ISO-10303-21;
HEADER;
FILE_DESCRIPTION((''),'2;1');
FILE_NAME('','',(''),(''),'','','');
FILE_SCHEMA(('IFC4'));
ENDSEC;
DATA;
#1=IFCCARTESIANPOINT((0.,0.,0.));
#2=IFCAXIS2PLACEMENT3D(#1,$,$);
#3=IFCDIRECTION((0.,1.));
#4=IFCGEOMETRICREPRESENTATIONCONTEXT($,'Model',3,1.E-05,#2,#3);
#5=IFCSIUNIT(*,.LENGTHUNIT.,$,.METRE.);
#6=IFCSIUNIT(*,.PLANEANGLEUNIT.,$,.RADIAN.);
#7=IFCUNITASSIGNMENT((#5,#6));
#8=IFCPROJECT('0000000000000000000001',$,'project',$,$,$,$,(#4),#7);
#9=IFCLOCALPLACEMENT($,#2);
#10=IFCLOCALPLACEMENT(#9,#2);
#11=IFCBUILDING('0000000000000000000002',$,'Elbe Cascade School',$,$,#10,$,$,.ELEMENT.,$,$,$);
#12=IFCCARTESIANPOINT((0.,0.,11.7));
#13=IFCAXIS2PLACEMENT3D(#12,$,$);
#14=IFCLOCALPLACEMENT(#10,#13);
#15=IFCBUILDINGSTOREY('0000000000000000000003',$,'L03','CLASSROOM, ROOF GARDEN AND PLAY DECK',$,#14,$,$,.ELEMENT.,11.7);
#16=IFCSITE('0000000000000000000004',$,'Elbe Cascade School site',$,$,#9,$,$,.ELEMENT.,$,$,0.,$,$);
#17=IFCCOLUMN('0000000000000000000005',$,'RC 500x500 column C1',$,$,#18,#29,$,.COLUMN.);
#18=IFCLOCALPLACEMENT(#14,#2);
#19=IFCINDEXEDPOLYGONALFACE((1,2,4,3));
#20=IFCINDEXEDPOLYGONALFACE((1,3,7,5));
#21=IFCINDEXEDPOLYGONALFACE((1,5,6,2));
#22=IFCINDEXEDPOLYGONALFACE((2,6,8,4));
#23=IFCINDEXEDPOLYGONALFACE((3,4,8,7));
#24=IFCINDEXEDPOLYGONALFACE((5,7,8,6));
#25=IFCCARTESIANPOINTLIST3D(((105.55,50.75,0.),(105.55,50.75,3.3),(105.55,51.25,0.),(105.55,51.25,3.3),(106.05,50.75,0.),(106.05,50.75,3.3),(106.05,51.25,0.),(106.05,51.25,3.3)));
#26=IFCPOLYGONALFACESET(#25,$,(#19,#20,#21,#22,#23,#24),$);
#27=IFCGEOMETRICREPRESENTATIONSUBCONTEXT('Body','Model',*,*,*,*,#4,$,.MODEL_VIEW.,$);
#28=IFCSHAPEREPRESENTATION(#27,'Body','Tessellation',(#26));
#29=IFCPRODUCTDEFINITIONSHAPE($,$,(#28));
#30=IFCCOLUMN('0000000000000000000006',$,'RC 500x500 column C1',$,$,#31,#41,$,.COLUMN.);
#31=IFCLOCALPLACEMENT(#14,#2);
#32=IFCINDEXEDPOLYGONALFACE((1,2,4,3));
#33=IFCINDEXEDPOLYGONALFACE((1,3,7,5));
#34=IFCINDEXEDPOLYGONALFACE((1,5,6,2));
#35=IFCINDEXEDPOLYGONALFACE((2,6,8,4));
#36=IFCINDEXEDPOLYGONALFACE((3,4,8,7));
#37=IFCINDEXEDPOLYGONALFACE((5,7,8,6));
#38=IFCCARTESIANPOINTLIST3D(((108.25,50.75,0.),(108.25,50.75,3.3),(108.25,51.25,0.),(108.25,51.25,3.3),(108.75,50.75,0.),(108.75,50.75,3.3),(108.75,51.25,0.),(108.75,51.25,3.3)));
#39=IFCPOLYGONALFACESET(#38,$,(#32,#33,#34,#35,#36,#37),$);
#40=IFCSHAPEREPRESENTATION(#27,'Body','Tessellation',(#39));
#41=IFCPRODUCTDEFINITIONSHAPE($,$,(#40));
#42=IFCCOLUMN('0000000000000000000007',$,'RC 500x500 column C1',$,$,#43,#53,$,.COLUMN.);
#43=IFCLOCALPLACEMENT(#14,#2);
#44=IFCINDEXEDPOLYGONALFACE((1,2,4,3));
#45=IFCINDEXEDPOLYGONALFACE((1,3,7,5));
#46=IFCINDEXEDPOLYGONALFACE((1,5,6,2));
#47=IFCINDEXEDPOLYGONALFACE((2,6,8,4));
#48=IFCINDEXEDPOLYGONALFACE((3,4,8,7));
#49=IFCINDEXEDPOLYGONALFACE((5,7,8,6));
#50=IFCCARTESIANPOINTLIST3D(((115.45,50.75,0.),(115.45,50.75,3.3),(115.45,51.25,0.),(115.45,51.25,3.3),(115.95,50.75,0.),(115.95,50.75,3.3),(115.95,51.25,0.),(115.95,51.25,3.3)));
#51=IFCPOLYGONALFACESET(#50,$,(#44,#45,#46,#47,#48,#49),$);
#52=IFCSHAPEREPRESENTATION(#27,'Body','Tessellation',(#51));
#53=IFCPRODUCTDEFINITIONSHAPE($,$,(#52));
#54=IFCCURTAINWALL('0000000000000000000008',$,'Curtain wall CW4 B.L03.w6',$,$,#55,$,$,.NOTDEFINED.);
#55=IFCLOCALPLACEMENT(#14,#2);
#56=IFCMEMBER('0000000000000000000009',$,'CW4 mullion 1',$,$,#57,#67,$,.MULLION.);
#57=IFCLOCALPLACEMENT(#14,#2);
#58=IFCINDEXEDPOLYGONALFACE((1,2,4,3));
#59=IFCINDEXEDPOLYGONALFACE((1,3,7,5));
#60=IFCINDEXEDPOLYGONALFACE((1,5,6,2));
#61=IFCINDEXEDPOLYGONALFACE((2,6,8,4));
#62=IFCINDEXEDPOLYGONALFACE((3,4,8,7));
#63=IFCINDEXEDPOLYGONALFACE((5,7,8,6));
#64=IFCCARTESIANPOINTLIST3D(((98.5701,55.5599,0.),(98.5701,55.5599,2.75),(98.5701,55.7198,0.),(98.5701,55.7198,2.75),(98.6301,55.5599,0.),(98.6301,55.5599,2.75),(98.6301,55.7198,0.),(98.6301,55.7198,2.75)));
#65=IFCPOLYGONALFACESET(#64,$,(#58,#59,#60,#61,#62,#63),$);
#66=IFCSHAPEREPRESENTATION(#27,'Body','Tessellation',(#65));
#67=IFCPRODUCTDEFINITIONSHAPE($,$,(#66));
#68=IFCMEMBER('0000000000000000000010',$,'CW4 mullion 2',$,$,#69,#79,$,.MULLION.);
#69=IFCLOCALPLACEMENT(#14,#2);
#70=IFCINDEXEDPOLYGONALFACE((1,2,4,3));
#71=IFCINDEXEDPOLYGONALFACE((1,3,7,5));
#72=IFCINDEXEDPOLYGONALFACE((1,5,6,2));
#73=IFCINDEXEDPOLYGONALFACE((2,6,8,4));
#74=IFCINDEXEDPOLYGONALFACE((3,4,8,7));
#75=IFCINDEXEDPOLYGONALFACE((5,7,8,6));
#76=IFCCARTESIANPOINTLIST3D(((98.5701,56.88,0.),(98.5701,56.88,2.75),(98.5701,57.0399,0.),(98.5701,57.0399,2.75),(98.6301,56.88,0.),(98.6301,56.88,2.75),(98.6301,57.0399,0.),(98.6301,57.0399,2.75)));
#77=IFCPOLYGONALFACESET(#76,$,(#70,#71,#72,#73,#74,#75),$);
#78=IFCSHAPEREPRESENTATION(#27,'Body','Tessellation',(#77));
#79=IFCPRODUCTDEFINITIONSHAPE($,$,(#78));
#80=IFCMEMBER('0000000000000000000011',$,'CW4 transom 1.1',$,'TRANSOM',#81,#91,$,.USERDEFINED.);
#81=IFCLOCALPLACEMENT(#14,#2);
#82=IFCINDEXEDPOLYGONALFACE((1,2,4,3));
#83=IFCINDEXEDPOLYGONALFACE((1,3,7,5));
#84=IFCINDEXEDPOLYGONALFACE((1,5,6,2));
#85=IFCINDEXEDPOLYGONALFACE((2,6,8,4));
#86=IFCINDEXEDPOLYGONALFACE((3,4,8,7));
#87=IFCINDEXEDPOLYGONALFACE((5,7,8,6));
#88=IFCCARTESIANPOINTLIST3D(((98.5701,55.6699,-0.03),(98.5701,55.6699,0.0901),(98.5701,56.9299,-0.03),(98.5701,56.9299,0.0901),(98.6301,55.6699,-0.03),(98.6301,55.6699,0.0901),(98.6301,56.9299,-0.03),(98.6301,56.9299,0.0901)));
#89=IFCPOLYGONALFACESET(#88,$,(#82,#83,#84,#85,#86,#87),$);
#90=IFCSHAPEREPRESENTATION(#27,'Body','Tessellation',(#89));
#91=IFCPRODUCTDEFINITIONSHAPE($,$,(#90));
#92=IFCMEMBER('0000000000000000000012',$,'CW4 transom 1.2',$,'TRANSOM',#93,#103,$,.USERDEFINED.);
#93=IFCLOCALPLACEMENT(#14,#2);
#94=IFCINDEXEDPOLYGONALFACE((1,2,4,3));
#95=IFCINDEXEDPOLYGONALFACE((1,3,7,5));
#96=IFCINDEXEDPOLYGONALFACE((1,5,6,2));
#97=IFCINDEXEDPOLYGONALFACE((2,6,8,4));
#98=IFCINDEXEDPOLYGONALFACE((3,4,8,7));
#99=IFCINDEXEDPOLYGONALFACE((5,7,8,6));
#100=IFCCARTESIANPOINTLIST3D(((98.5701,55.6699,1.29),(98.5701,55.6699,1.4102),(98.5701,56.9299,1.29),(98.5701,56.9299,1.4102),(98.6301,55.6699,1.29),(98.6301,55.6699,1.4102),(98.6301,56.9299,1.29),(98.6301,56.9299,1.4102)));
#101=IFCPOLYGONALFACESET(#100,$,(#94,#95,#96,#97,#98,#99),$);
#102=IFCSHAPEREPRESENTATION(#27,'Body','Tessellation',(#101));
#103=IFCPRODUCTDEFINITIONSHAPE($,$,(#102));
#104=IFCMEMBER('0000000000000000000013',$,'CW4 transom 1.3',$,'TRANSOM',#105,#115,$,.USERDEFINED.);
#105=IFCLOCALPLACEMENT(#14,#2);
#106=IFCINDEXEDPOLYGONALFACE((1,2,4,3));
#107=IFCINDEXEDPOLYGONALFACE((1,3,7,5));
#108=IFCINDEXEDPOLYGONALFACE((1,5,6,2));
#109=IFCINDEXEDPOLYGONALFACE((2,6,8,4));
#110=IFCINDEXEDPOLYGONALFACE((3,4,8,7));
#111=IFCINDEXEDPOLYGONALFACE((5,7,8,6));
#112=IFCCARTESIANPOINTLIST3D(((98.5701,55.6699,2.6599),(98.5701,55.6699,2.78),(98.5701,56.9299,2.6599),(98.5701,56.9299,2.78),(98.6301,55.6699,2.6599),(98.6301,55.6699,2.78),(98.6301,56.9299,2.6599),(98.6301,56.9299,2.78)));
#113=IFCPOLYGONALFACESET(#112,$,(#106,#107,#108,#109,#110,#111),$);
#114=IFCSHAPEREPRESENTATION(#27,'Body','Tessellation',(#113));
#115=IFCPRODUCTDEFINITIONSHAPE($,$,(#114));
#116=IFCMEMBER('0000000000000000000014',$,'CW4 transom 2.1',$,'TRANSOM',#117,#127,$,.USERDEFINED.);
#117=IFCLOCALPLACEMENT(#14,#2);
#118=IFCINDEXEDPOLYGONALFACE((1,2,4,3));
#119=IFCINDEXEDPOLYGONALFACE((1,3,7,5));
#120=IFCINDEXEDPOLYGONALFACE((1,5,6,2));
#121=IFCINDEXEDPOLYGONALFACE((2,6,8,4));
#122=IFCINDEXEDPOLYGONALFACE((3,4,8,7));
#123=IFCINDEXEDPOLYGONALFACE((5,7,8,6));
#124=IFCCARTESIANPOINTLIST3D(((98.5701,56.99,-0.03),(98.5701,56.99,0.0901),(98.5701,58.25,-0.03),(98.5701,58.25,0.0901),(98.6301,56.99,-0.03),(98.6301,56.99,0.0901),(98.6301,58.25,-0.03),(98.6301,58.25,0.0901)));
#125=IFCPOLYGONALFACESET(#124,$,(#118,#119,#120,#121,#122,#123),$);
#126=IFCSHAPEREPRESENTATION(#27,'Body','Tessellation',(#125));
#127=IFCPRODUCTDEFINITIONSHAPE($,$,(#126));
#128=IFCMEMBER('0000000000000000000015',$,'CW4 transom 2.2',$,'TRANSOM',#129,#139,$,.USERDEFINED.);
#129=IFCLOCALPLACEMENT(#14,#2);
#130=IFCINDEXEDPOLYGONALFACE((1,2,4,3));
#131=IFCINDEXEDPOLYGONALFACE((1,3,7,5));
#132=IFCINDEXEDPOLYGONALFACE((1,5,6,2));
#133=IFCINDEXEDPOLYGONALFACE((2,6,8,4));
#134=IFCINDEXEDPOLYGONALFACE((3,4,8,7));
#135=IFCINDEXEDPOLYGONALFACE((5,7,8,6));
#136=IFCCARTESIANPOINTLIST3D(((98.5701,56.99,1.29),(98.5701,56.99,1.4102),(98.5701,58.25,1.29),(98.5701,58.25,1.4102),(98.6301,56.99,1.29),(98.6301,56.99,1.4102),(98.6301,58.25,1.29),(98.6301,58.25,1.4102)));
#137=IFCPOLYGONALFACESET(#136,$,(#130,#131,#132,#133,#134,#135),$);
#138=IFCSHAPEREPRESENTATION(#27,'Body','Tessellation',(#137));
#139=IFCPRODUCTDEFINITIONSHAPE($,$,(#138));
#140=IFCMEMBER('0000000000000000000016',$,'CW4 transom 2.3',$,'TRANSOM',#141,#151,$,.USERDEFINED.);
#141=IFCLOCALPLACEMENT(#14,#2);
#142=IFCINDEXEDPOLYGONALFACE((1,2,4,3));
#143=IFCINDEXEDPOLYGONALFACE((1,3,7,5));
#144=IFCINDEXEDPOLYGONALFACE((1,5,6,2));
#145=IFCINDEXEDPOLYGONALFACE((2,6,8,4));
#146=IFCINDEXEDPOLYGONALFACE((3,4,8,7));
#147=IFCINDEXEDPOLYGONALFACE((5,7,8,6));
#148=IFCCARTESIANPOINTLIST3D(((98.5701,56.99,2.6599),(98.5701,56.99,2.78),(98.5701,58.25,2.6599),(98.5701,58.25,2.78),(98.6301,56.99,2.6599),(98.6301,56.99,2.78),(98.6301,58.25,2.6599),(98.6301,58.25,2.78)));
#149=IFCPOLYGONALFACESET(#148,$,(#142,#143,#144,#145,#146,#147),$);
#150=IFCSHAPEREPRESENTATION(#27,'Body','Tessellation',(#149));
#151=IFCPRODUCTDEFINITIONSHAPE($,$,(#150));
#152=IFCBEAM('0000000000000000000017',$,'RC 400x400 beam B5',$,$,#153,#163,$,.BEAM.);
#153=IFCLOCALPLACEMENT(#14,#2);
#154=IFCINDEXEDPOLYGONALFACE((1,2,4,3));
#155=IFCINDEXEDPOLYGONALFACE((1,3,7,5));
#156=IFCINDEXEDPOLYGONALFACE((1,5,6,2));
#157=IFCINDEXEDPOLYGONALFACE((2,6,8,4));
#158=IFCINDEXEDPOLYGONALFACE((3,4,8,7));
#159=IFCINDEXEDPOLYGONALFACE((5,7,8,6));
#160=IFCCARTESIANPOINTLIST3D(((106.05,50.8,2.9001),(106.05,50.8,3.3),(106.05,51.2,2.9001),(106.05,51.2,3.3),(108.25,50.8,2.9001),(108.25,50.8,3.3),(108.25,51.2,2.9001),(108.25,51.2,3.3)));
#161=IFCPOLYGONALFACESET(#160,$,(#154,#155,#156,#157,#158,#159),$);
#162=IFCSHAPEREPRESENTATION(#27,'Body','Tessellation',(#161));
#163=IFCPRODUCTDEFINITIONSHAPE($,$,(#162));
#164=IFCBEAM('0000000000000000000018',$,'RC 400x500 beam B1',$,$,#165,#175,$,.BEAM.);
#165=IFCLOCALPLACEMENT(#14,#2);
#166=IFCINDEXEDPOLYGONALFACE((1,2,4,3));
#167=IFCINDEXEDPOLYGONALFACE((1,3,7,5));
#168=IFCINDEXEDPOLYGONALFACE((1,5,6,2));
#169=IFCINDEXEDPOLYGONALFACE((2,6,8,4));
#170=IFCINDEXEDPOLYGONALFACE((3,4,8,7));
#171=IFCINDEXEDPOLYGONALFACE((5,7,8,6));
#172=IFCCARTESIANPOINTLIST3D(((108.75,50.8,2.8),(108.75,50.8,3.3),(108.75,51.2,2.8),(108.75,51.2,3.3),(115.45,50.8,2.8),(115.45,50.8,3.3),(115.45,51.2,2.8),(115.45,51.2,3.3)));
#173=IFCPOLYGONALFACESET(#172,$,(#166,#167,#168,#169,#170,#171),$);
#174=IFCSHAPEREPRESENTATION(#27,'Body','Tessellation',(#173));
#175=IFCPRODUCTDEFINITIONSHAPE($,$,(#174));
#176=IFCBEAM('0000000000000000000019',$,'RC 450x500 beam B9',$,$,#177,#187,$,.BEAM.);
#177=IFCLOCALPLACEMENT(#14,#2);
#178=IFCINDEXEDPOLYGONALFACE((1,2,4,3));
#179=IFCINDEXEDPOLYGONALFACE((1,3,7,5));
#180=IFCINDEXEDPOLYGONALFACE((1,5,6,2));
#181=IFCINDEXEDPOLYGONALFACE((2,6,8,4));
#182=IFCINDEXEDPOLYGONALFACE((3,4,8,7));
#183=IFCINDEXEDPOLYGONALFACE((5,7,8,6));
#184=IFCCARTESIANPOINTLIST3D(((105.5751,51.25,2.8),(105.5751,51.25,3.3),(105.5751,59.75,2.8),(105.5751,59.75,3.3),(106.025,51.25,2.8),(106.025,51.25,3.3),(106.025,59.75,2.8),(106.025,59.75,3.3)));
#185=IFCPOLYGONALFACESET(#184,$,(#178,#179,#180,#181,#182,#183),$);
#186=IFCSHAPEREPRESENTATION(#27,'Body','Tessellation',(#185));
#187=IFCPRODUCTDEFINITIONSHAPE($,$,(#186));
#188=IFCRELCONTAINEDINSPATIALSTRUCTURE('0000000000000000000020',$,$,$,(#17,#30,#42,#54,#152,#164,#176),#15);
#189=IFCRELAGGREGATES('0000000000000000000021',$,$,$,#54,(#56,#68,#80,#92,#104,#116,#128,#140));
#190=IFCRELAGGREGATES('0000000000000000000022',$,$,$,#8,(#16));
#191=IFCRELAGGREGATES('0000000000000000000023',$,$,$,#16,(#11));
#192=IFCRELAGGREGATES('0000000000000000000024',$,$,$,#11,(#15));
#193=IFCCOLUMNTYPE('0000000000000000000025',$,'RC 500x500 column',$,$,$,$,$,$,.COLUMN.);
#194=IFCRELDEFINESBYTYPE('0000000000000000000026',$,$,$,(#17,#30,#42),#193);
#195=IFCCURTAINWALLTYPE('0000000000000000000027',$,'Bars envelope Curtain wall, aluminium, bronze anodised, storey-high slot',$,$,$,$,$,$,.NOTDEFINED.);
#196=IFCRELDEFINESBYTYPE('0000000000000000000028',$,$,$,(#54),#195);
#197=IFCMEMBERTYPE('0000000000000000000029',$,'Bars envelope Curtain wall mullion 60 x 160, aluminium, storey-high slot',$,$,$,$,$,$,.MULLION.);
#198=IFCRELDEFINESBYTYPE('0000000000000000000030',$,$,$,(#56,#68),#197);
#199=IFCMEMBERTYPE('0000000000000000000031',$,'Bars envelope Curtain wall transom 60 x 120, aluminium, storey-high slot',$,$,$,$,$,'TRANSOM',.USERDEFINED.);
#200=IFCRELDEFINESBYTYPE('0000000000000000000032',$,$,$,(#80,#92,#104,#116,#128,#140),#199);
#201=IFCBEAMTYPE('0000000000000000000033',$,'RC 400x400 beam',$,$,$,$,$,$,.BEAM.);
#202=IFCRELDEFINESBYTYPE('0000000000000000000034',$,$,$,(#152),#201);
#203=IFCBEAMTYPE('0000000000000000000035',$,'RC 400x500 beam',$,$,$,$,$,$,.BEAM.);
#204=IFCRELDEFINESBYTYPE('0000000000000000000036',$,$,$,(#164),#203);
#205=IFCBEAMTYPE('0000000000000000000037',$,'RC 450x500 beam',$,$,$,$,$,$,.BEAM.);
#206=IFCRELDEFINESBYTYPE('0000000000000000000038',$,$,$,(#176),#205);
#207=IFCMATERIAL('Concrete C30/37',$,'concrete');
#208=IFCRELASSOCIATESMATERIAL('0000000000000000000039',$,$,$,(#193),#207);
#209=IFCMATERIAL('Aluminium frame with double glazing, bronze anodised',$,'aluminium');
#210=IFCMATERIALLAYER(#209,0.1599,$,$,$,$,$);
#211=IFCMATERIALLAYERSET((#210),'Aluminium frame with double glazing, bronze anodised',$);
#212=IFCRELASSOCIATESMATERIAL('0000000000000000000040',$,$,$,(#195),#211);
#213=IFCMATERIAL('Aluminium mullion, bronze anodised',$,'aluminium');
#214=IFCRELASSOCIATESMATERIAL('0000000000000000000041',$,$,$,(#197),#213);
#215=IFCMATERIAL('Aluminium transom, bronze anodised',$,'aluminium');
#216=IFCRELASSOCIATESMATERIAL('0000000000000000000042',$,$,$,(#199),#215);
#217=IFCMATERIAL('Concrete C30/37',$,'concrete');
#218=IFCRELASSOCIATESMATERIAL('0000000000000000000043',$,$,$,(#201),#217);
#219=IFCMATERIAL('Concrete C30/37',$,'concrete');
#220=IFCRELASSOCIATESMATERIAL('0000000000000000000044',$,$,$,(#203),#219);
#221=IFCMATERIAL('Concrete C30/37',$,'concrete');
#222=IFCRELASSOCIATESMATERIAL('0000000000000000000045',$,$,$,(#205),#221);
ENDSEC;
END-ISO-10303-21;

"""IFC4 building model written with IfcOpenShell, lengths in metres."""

from ifc_helpers import new_model, si_unit, direction, frame, origin, origin_2d, place, context, subcontext, project, spatial, rectangle, extrude, material, layer, layer_set, material_profile, profile_set, type_object, element, aggregate, save


model = new_model("IFC4")

# Units and contexts
model_context = context("Model", 3, precision=1e-05, world=origin(), true_north=direction((0.0, 1.0)))
body_context = subcontext(model_context, "Body", "Model", "MODEL_VIEW")
ifc_project = project(units=[si_unit("LENGTHUNIT", "METRE"), si_unit("PLANEANGLEUNIT", "RADIAN")], contexts=[model_context])

# Site, building, storey
site_placement = place(None, origin())
site = spatial("IfcSite", under=ifc_project, at=site_placement, Name="Elbe Cascade School site", CompositionType="ELEMENT", RefElevation=0.0)
building_placement = place(site_placement, origin())
building = spatial("IfcBuilding", under=site, at=building_placement, Name="Elbe Cascade School", CompositionType="ELEMENT")
storey_placement = place(building_placement, frame((0.0, 0.0, 11.7)))
storey = spatial("IfcBuildingStorey", under=building, at=storey_placement, Name="L03", Description="CLASSROOM, ROOF GARDEN AND PLAY DECK", CompositionType="ELEMENT", Elevation=11.7)

# Columns
ifc_material_1 = material(Name="Concrete C30/37", Category="concrete")
ifc_material_profile_1 = material_profile(ifc_material_1, rectangle(XDim=0.5, YDim=0.5, at=origin_2d()), Name="RC 500x500")
ifc_profile_set_1 = profile_set([ifc_material_profile_1], Name="Concrete C30/37")
column_type = type_object("IfcColumnType", Name="RC 500x500 column", PredefinedType="COLUMN", material=ifc_profile_set_1)
for number, where, z_axis, x_axis, name in (
    (1, (105.8, 51.0, 0.0), (0.0, 0.0, 1.0), (1.0, 0.0, 0.0), "RC 500x500 column C1"),
    (2, (108.5, 51.0, 0.0), (0.0, 0.0, 1.0), (1.0, 0.0, 0.0), "RC 500x500 column C1"),
    (3, (115.7, 51.0, 0.0), (0.0, 0.0, 1.0), (1.0, 0.0, 0.0), "RC 500x500 column C1"),
):
    element("IfcColumn", number, at=place(storey_placement, frame(where, z_axis=z_axis, x_axis=x_axis)), inside=storey, type_object=column_type, Name=name, PredefinedType="COLUMN", context=body_context, shape_type="SweptSolid", body=[
        extrude(rectangle(XDim=0.5, YDim=0.5, at=origin_2d()), origin(), (0.0, 0.0, 1.0), 3.3),
    ])

# Curtain wall, members
ifc_material_2 = material(Name="Aluminium frame with double glazing, bronze anodised", Category="aluminium")
ifc_layer_1 = layer(ifc_material_2, 0.1599)
ifc_layer_set_1 = layer_set([ifc_layer_1], Name="Aluminium frame with double glazing, bronze anodised")
curtain_wall_type = type_object("IfcCurtainWallType", Name="Bars envelope Curtain wall, aluminium, bronze anodised, storey-high slot", PredefinedType="NOTDEFINED", material=ifc_layer_set_1)
curtain_wall_placement = place(storey_placement, origin())
curtain_wall = element("IfcCurtainWall", 4, at=curtain_wall_placement, inside=storey, type_object=curtain_wall_type, Name="Curtain wall CW4 B.L03.w6", PredefinedType="NOTDEFINED")
ifc_material_3 = material(Name="Aluminium mullion, bronze anodised", Category="aluminium")
ifc_material_profile_2 = material_profile(ifc_material_3, rectangle(XDim=0.0601, YDim=0.1599, at=origin_2d()), Name="Bars envelope Curtain wall mullion 60 x 160, aluminium, storey-high slot")
ifc_profile_set_2 = profile_set([ifc_material_profile_2], Name="Aluminium mullion, bronze anodised")
member_type_1 = type_object("IfcMemberType", Name="Bars envelope Curtain wall mullion 60 x 160, aluminium, storey-high slot", PredefinedType="MULLION", material=ifc_profile_set_2)
member_1_placement = place(storey_placement, frame((98.6001, 55.6399, 0.0), z_axis=(0.0, 0.0, 1.0), x_axis=(-1.0, 0.0, 0.0)))
member_1 = element("IfcMember", 5, at=member_1_placement, type_object=member_type_1, Name="CW4 mullion 1", PredefinedType="MULLION", context=body_context, shape_type="SweptSolid", body=[
    extrude(rectangle(XDim=0.0601, YDim=0.1599, at=origin_2d()), origin(), (0.0, 0.0, 1.0), 2.75),
])
member_2_placement = place(storey_placement, frame((98.6001, 56.96, 0.0), z_axis=(0.0, 0.0, 1.0), x_axis=(-1.0, 0.0, 0.0)))
member_2 = element("IfcMember", 6, at=member_2_placement, type_object=member_type_1, Name="CW4 mullion 2", PredefinedType="MULLION", context=body_context, shape_type="SweptSolid", body=[
    extrude(rectangle(XDim=0.0601, YDim=0.1599, at=origin_2d()), origin(), (0.0, 0.0, 1.0), 2.75),
])
ifc_material_4 = material(Name="Aluminium transom, bronze anodised", Category="aluminium")
ifc_material_profile_3 = material_profile(ifc_material_4, rectangle(XDim=0.0601, YDim=0.1201, at=origin_2d()), Name="Bars envelope Curtain wall transom 60 x 120, aluminium, storey-high slot")
ifc_profile_set_3 = profile_set([ifc_material_profile_3], Name="Aluminium transom, bronze anodised")
member_type_2 = type_object("IfcMemberType", Name="Bars envelope Curtain wall transom 60 x 120, aluminium, storey-high slot", ElementType="TRANSOM", PredefinedType="USERDEFINED", material=ifc_profile_set_3)
member_3_placement = place(storey_placement, frame((98.6001, 55.6699, 0.03), z_axis=(0.0, 1.0, 0.0), x_axis=(-1.0, 0.0, 0.0)))
member_3 = element("IfcMember", 7, at=member_3_placement, type_object=member_type_2, Name="CW4 transom 1.1", ObjectType="TRANSOM", PredefinedType="USERDEFINED", context=body_context, shape_type="SweptSolid", body=[
    extrude(rectangle(XDim=0.0601, YDim=0.1201, at=origin_2d()), origin(), (0.0, 0.0, 1.0), 1.26),
])
member_4_placement = place(storey_placement, frame((98.6001, 55.6699, 1.3501), z_axis=(0.0, 1.0, 0.0), x_axis=(-1.0, 0.0, 0.0)))
member_4 = element("IfcMember", 8, at=member_4_placement, type_object=member_type_2, Name="CW4 transom 1.2", ObjectType="TRANSOM", PredefinedType="USERDEFINED", context=body_context, shape_type="SweptSolid", body=[
    extrude(rectangle(XDim=0.0601, YDim=0.1201, at=origin_2d()), origin(), (0.0, 0.0, 1.0), 1.26),
])
member_5_placement = place(storey_placement, frame((98.6001, 55.6699, 2.72), z_axis=(0.0, 1.0, 0.0), x_axis=(-1.0, 0.0, 0.0)))
member_5 = element("IfcMember", 9, at=member_5_placement, type_object=member_type_2, Name="CW4 transom 1.3", ObjectType="TRANSOM", PredefinedType="USERDEFINED", context=body_context, shape_type="SweptSolid", body=[
    extrude(rectangle(XDim=0.0601, YDim=0.1201, at=origin_2d()), origin(), (0.0, 0.0, 1.0), 1.26),
])
member_6_placement = place(storey_placement, frame((98.6001, 56.99, 0.03), z_axis=(0.0, 1.0, 0.0), x_axis=(-1.0, 0.0, 0.0)))
member_6 = element("IfcMember", 10, at=member_6_placement, type_object=member_type_2, Name="CW4 transom 2.1", ObjectType="TRANSOM", PredefinedType="USERDEFINED", context=body_context, shape_type="SweptSolid", body=[
    extrude(rectangle(XDim=0.0601, YDim=0.1201, at=origin_2d()), origin(), (0.0, 0.0, 1.0), 1.26),
])
member_7_placement = place(storey_placement, frame((98.6001, 56.99, 1.3501), z_axis=(0.0, 1.0, 0.0), x_axis=(-1.0, 0.0, 0.0)))
member_7 = element("IfcMember", 11, at=member_7_placement, type_object=member_type_2, Name="CW4 transom 2.2", ObjectType="TRANSOM", PredefinedType="USERDEFINED", context=body_context, shape_type="SweptSolid", body=[
    extrude(rectangle(XDim=0.0601, YDim=0.1201, at=origin_2d()), origin(), (0.0, 0.0, 1.0), 1.26),
])
member_8_placement = place(storey_placement, frame((98.6001, 56.99, 2.72), z_axis=(0.0, 1.0, 0.0), x_axis=(-1.0, 0.0, 0.0)))
member_8 = element("IfcMember", 12, at=member_8_placement, type_object=member_type_2, Name="CW4 transom 2.3", ObjectType="TRANSOM", PredefinedType="USERDEFINED", context=body_context, shape_type="SweptSolid", body=[
    extrude(rectangle(XDim=0.0601, YDim=0.1201, at=origin_2d()), origin(), (0.0, 0.0, 1.0), 1.26),
])

# Beams
ifc_material_5 = material(Name="Concrete C30/37", Category="concrete")
ifc_material_profile_4 = material_profile(ifc_material_5, rectangle(XDim=0.3999, YDim=0.3999, at=origin_2d()), Name="RC 400x400")
ifc_profile_set_4 = profile_set([ifc_material_profile_4], Name="Concrete C30/37")
beam_type_1 = type_object("IfcBeamType", Name="RC 400x400 beam", PredefinedType="BEAM", material=ifc_profile_set_4)
beam_1_placement = place(storey_placement, frame((106.05, 51.0, 3.1001), z_axis=(1.0, 0.0, 0.0), x_axis=(0.0, 1.0, 0.0)))
element("IfcBeam", 13, at=beam_1_placement, inside=storey, type_object=beam_type_1, Name="RC 400x400 beam B5", PredefinedType="BEAM", context=body_context, shape_type="SweptSolid", body=[
    extrude(rectangle(XDim=0.3999, YDim=0.3999, at=origin_2d()), origin(), (0.0, 0.0, 1.0), 2.2),
])
ifc_material_6 = material(Name="Concrete C30/37", Category="concrete")
ifc_material_profile_5 = material_profile(ifc_material_6, rectangle(XDim=0.3999, YDim=0.5, at=origin_2d()), Name="RC 400x500")
ifc_profile_set_5 = profile_set([ifc_material_profile_5], Name="Concrete C30/37")
beam_type_2 = type_object("IfcBeamType", Name="RC 400x500 beam", PredefinedType="BEAM", material=ifc_profile_set_5)
beam_2_placement = place(storey_placement, frame((108.75, 51.0, 3.05), z_axis=(1.0, 0.0, 0.0), x_axis=(0.0, 1.0, 0.0)))
element("IfcBeam", 14, at=beam_2_placement, inside=storey, type_object=beam_type_2, Name="RC 400x500 beam B1", PredefinedType="BEAM", context=body_context, shape_type="SweptSolid", body=[
    extrude(rectangle(XDim=0.3999, YDim=0.5, at=origin_2d()), origin(), (0.0, 0.0, 1.0), 6.7),
])
ifc_material_7 = material(Name="Concrete C30/37", Category="concrete")
ifc_material_profile_6 = material_profile(ifc_material_7, rectangle(XDim=0.45, YDim=0.5, at=origin_2d()), Name="RC 450x500")
ifc_profile_set_6 = profile_set([ifc_material_profile_6], Name="Concrete C30/37")
beam_type_3 = type_object("IfcBeamType", Name="RC 450x500 beam", PredefinedType="BEAM", material=ifc_profile_set_6)
for number, where, z_axis, x_axis, name in (
    (15, (105.8, 51.25, 3.05), (0.0, 1.0, 0.0), (-1.0, 0.0, 0.0), "RC 450x500 beam B9"),
):
    element("IfcBeam", number, at=place(storey_placement, frame(where, z_axis=z_axis, x_axis=x_axis)), inside=storey, type_object=beam_type_3, Name=name, PredefinedType="BEAM", context=body_context, shape_type="SweptSolid", body=[
        extrude(rectangle(XDim=0.45, YDim=0.5, at=origin_2d()), origin(), (0.0, 0.0, 1.0), 8.5),
    ])

aggregate(curtain_wall, [member_1, member_2, member_3, member_4, member_5, member_6, member_7, member_8])

save(model, "model.ifc")
